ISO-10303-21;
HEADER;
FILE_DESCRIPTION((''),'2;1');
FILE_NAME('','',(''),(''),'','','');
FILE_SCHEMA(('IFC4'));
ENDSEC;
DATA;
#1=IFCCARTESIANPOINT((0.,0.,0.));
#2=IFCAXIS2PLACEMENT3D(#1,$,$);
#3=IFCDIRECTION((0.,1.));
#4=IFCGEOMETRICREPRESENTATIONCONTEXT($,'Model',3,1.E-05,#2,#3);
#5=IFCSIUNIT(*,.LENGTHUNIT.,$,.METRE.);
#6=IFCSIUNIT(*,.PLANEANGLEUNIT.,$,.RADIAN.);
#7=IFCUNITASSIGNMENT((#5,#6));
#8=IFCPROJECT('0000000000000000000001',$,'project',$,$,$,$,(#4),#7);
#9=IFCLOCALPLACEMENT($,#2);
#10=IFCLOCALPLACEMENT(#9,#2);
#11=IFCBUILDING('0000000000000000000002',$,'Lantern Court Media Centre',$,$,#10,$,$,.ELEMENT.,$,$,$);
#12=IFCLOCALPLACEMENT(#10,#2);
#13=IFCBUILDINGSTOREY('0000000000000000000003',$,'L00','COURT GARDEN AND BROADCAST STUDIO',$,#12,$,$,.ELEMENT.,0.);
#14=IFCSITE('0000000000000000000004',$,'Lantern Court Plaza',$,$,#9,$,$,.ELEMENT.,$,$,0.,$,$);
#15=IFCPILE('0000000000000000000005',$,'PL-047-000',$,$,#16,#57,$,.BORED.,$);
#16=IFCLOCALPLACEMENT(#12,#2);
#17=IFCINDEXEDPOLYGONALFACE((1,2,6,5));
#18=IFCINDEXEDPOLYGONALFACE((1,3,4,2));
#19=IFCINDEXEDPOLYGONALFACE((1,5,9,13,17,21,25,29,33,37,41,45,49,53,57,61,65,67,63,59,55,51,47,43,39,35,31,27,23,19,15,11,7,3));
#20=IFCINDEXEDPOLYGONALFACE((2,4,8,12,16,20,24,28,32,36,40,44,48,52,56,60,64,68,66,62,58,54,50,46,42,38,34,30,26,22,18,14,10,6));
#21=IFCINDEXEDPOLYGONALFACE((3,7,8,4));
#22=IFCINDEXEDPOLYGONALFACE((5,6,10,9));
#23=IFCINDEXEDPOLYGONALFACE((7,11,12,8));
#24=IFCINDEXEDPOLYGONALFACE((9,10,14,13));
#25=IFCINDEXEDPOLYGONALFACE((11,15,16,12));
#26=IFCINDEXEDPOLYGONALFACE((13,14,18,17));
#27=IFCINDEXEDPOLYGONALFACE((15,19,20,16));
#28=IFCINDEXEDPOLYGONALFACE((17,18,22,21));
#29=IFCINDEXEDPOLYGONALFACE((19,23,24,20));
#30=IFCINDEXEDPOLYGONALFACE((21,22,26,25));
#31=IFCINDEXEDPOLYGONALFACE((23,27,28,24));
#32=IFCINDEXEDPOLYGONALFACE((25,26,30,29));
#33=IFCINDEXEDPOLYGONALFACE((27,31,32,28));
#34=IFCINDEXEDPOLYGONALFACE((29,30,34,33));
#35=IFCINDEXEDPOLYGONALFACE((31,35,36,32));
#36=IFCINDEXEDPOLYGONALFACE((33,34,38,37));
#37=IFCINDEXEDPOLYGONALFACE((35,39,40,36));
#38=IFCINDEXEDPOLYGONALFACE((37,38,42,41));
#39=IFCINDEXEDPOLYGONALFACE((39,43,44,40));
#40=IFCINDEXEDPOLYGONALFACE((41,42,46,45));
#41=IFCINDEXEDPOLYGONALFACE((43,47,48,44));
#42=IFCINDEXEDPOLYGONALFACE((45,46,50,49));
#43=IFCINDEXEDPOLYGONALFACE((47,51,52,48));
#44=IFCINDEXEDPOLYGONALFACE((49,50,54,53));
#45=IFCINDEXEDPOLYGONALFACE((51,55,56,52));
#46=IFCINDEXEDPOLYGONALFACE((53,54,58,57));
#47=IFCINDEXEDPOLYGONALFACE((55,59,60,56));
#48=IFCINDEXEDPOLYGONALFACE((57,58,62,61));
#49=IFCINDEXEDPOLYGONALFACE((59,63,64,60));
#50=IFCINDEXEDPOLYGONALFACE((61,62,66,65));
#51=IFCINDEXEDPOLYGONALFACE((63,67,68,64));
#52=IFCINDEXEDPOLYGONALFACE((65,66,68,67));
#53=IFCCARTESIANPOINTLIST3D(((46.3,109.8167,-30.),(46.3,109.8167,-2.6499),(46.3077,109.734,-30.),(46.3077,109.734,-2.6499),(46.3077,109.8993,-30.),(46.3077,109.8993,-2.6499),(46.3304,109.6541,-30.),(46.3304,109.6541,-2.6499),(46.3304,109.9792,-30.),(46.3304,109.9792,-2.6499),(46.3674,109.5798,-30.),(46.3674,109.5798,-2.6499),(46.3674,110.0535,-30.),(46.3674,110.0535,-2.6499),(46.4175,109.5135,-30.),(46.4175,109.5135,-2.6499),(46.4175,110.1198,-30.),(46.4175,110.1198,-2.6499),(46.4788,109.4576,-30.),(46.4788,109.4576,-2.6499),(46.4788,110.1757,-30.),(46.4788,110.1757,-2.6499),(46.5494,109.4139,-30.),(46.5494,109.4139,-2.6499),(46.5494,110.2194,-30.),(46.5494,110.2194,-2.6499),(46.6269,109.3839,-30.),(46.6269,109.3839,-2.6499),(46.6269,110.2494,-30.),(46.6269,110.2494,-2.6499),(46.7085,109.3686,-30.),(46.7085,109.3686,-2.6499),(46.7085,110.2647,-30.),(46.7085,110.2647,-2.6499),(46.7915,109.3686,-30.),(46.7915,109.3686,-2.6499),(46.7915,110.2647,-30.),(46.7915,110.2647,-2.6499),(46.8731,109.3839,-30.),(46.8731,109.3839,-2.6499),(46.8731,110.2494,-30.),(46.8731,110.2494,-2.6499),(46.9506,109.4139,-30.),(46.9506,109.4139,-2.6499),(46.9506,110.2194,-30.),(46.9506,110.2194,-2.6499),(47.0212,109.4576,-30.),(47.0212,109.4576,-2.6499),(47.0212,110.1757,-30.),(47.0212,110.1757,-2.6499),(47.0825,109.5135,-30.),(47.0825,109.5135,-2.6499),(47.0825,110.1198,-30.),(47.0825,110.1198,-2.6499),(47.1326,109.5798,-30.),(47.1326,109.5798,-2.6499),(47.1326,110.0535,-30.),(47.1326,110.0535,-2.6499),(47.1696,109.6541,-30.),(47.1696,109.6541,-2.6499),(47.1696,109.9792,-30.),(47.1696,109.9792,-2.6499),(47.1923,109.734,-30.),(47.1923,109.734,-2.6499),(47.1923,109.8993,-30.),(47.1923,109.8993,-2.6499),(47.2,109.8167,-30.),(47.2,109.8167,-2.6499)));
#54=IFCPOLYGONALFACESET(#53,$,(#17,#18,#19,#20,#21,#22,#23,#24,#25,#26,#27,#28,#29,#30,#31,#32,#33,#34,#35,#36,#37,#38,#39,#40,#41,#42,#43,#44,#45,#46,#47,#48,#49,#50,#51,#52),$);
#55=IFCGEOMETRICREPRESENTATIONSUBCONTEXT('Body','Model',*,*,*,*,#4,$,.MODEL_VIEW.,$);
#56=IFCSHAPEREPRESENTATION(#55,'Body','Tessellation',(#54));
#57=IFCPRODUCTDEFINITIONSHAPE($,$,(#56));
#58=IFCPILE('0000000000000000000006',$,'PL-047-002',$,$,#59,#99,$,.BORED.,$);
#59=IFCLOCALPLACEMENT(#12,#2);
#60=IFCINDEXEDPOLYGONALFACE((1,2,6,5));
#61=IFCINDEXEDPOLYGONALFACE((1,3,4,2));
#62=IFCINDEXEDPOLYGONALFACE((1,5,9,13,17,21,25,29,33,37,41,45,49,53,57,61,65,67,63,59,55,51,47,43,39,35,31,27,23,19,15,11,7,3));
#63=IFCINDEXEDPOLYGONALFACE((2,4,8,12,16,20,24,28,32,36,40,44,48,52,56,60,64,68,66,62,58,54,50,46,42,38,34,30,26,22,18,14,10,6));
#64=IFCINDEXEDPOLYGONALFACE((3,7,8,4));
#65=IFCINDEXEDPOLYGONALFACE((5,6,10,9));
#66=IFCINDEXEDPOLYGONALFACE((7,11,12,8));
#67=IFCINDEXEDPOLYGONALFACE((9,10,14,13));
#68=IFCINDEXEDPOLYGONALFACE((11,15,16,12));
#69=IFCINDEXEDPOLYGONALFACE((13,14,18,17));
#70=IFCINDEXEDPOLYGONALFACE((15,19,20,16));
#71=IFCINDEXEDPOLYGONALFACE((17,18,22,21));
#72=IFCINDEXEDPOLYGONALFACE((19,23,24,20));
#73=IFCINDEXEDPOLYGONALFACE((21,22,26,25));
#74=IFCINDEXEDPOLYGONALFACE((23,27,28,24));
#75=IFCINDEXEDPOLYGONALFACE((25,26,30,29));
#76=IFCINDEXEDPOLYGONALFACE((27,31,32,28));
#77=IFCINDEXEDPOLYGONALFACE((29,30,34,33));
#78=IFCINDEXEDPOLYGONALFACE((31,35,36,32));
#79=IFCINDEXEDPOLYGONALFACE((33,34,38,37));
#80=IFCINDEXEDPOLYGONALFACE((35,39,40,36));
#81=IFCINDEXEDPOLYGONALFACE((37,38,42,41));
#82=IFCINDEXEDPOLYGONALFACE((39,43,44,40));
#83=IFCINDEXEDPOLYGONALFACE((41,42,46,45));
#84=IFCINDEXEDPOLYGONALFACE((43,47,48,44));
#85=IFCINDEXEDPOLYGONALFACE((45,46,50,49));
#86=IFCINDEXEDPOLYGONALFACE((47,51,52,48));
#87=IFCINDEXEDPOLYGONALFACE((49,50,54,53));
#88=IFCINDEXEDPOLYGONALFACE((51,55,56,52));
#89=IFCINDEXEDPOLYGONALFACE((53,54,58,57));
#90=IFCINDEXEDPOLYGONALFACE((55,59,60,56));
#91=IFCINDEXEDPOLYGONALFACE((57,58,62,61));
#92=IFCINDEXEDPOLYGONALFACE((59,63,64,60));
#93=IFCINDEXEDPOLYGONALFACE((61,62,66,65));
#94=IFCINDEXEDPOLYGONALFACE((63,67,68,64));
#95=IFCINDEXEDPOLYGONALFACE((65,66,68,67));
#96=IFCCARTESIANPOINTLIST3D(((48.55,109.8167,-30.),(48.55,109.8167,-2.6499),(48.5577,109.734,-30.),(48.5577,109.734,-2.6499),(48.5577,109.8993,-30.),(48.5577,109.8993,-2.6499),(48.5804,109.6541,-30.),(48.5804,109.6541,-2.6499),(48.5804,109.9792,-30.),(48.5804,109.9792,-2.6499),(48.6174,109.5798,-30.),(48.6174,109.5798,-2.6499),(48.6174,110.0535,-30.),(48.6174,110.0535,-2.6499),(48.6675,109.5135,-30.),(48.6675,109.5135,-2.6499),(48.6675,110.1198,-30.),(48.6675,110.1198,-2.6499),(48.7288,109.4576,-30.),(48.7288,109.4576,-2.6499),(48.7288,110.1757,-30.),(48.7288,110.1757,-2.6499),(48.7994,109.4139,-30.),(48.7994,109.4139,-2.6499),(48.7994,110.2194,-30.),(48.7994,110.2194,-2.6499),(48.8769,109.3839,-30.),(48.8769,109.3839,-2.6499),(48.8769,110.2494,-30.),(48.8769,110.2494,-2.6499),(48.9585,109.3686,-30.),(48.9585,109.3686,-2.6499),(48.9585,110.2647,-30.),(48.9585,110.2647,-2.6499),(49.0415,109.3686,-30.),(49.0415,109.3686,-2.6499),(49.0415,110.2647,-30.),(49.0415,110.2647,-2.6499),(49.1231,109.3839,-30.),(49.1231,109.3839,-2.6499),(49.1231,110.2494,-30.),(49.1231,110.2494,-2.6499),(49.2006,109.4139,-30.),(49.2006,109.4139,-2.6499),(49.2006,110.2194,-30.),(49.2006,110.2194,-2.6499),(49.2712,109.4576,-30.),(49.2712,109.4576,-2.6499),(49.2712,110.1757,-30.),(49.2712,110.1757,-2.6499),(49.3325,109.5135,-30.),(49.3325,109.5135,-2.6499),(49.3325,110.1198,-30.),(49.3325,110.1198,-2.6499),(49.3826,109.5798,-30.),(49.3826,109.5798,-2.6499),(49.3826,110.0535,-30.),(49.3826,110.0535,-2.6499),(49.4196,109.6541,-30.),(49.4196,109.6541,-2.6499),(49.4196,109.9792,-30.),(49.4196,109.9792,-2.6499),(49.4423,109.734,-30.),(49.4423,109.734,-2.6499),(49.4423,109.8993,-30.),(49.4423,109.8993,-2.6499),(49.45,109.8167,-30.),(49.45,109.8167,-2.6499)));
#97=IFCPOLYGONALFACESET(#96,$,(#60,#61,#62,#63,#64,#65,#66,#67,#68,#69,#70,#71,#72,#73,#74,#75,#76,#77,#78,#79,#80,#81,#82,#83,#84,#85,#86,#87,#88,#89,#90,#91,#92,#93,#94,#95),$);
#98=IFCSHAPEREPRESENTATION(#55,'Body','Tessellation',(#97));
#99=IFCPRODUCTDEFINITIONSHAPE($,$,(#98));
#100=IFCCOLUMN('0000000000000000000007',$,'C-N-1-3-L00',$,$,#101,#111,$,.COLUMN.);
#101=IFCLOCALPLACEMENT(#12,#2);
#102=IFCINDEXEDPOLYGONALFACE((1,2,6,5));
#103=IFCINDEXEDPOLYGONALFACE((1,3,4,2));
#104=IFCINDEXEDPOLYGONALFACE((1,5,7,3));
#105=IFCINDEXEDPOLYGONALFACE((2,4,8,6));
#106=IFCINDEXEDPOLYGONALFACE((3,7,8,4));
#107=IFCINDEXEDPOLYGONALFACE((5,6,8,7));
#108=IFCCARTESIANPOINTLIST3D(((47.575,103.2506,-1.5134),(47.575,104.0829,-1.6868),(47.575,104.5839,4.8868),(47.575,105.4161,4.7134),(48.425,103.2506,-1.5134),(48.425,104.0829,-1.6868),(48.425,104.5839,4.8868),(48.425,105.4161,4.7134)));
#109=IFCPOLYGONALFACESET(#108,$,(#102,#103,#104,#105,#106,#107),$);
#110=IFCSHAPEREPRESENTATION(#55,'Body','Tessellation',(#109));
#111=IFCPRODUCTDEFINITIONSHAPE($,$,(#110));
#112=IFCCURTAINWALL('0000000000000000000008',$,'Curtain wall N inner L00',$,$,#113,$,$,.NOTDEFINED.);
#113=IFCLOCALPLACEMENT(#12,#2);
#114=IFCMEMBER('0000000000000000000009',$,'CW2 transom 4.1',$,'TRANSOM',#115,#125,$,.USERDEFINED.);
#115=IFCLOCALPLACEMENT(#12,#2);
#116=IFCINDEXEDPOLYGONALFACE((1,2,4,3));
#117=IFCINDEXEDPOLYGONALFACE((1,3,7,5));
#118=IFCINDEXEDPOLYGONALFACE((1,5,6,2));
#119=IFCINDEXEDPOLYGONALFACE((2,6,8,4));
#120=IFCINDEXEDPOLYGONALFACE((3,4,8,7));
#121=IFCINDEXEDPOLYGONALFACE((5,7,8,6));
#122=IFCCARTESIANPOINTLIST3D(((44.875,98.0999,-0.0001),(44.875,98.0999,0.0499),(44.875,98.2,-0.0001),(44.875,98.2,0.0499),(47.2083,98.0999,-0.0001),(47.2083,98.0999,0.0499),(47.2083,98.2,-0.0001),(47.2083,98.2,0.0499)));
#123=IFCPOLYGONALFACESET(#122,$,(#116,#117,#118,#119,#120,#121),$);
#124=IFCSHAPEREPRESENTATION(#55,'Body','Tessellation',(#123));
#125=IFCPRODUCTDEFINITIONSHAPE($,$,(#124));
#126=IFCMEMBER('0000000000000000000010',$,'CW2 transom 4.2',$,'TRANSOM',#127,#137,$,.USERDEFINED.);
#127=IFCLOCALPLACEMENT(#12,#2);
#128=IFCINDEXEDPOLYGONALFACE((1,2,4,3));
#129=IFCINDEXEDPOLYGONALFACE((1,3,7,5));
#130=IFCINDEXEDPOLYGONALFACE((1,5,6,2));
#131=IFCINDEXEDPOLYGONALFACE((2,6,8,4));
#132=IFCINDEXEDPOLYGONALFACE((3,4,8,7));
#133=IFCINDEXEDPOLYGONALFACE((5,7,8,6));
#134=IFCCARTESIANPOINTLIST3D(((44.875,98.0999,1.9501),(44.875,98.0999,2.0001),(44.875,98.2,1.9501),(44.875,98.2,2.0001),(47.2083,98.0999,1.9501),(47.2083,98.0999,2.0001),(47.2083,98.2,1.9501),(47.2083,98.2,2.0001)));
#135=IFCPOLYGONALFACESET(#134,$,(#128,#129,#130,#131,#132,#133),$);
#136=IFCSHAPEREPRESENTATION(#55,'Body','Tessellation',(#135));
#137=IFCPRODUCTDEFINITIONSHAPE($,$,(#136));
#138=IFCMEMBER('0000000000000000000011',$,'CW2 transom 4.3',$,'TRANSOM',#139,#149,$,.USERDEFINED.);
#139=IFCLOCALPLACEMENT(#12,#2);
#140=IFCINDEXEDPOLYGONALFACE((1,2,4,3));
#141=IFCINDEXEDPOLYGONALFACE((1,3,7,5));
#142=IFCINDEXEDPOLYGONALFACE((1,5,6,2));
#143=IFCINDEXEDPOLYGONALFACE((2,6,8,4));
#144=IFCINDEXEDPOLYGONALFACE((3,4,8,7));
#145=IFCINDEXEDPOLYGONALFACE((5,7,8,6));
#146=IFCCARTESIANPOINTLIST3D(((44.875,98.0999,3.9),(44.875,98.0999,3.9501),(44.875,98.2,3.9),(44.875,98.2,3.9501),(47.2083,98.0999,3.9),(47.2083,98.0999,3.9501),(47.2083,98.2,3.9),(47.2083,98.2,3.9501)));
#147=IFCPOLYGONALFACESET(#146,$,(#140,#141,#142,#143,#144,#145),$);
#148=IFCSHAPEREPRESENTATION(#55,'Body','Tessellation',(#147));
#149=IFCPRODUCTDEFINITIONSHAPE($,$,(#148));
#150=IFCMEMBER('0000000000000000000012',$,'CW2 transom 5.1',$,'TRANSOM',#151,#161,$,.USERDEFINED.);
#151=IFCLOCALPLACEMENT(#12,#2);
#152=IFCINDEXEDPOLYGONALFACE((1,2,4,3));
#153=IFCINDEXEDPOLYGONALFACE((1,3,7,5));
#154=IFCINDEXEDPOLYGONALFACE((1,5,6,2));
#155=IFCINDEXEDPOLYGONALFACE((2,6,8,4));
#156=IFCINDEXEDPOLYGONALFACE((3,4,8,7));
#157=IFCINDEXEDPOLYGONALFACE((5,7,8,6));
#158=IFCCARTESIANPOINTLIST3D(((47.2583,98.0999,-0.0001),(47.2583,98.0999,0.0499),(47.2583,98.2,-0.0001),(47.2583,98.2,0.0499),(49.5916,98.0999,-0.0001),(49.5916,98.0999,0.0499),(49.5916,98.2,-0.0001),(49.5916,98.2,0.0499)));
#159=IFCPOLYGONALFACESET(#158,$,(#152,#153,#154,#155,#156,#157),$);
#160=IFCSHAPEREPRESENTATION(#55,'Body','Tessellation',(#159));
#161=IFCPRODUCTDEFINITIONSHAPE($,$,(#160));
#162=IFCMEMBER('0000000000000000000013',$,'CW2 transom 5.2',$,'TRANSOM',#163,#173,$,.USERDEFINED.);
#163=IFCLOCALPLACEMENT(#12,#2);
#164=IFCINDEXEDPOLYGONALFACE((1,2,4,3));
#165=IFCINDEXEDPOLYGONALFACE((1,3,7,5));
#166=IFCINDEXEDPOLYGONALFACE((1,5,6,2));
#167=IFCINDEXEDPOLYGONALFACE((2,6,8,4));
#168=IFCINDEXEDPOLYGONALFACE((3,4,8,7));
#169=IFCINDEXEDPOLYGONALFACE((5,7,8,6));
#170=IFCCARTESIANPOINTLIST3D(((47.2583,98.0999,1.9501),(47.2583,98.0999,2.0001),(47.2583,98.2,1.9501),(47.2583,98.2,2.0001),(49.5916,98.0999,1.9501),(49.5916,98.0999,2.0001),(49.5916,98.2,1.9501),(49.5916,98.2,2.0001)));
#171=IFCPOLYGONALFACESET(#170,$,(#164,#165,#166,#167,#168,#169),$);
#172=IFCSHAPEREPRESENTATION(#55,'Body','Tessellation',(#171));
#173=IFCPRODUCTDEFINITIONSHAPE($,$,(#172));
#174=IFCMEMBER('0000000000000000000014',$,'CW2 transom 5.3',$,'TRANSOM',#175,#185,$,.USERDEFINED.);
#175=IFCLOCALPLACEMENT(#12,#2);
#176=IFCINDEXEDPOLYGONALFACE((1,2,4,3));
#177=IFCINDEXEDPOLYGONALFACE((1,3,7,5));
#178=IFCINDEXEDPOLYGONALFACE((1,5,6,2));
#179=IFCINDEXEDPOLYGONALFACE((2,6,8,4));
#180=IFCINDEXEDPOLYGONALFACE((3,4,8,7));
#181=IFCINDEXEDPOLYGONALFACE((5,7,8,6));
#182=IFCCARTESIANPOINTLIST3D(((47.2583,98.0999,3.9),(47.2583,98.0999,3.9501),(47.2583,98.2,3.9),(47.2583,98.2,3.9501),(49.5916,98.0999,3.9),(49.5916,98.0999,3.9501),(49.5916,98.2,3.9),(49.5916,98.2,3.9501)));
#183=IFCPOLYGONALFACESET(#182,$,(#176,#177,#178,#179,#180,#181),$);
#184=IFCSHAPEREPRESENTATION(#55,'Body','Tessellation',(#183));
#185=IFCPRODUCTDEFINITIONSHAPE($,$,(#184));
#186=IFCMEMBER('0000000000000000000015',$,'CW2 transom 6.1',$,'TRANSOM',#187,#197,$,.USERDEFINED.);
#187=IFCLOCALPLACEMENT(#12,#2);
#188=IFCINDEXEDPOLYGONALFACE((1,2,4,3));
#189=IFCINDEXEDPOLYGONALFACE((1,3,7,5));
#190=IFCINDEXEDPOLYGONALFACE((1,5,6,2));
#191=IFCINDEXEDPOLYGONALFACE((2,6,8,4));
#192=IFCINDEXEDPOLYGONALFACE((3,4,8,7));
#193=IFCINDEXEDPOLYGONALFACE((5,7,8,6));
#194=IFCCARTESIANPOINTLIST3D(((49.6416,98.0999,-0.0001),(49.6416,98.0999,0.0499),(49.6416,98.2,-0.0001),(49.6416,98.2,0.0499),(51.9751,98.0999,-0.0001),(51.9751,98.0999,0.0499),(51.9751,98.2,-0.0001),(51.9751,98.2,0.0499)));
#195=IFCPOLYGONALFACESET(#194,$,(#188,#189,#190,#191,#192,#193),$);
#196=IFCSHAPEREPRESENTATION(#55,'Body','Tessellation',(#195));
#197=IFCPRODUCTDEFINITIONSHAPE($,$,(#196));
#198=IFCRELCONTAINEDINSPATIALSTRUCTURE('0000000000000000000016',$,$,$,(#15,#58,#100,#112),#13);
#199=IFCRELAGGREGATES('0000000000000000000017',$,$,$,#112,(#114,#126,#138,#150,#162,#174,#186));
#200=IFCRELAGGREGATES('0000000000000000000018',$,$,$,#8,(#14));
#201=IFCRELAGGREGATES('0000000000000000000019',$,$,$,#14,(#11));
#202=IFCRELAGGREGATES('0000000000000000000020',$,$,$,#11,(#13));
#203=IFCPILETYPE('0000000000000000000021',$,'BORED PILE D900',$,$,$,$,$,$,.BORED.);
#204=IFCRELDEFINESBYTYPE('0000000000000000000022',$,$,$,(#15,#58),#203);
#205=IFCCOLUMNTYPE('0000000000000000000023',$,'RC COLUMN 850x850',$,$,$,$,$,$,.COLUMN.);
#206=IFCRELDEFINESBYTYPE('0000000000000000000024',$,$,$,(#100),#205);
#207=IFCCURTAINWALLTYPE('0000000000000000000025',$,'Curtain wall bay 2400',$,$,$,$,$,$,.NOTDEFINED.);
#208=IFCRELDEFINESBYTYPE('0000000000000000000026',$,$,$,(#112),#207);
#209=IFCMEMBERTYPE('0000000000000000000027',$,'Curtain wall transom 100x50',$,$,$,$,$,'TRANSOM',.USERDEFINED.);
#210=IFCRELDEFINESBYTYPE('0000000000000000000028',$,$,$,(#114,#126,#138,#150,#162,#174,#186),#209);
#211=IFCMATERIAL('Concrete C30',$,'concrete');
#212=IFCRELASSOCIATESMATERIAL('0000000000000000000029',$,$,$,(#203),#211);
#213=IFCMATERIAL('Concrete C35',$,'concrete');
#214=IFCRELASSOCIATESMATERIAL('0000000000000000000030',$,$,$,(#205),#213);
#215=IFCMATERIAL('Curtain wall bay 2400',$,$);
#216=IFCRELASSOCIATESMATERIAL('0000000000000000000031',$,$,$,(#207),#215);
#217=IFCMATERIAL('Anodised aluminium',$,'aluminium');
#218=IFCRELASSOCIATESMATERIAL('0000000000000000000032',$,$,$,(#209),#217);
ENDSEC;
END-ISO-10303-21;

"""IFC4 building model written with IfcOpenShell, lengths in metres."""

from ifc_helpers import new_model, si_unit, direction, frame, origin, origin_2d, place, context, subcontext, project, spatial, rectangle, circle, extrude, material, material_profile, profile_set, type_object, element, aggregate, save


model = new_model("IFC4")

# Units and contexts
model_context = context("Model", 3, precision=1e-05, world=origin(), true_north=direction((0.0, 1.0)))
body_context = subcontext(model_context, "Body", "Model", "MODEL_VIEW")
ifc_project = project(units=[si_unit("LENGTHUNIT", "METRE"), si_unit("PLANEANGLEUNIT", "RADIAN")], contexts=[model_context])

# Site, building, storey
site_placement = place(None, origin())
site = spatial("IfcSite", under=ifc_project, at=site_placement, Name="Lantern Court Plaza", CompositionType="ELEMENT", RefElevation=0.0)
building_placement = place(site_placement, origin())
building = spatial("IfcBuilding", under=site, at=building_placement, Name="Lantern Court Media Centre", CompositionType="ELEMENT")
storey_placement = place(building_placement, origin())
storey = spatial("IfcBuildingStorey", under=building, at=storey_placement, Name="L00", Description="COURT GARDEN AND BROADCAST STUDIO", CompositionType="ELEMENT", Elevation=0.0)

# Piles
ifc_material_1 = material(Name="Concrete C30", Category="concrete")
ifc_material_profile_1 = material_profile(ifc_material_1, circle(Radius=0.45, at=origin_2d()), Name="D900")
ifc_profile_set_1 = profile_set([ifc_material_profile_1], Name="Concrete C30")
pile_type = type_object("IfcPileType", Name="BORED PILE D900", PredefinedType="BORED", material=ifc_profile_set_1)
for number, where, z_axis, x_axis, name in (
    (1, (46.75, 109.8167, -2.6499), (0.0, 0.0, -1.0), (1.0, 0.0, 0.0), "PL-047-000"),
    (2, (49.0, 109.8167, -2.6499), (0.0, 0.0, -1.0), (1.0, 0.0, 0.0), "PL-047-002"),
):
    element("IfcPile", number, at=place(storey_placement, frame(where, z_axis=z_axis, x_axis=x_axis)), inside=storey, type_object=pile_type, Name=name, PredefinedType="BORED", context=body_context, shape_type="SweptSolid", body=[
        extrude(circle(Radius=0.45, at=origin_2d()), origin(), (0.0, 0.0, 1.0), 27.3501),
    ])

# Column
ifc_material_2 = material(Name="Concrete C35", Category="concrete")
ifc_material_profile_2 = material_profile(ifc_material_2, rectangle(XDim=0.8501, YDim=0.8501, at=origin_2d()), Name="RC 850x850")
ifc_profile_set_2 = profile_set([ifc_material_profile_2], Name="Concrete C35")
column_type = type_object("IfcColumnType", Name="RC COLUMN 850x850", PredefinedType="COLUMN", material=ifc_profile_set_2)
column_placement = place(storey_placement, frame((48.0, 103.6667, -1.6001), z_axis=(0.0, 0.203938, 0.978984), x_axis=(-1.0, 0.0, 0.0)))
element("IfcColumn", 3, at=column_placement, inside=storey, type_object=column_type, Name="C-N-1-3-L00", PredefinedType="COLUMN", context=body_context, shape_type="SweptSolid", body=[
    extrude(rectangle(XDim=0.8501, YDim=0.8501, at=origin_2d()), origin(), (0.0, 0.0, 1.0), 6.5376),
])

# Curtain wall, members
ifc_material_3 = material(Name="Curtain wall bay 2400")
curtain_wall_type_1 = type_object("IfcCurtainWallType", Name="Curtain wall bay 2400", PredefinedType="NOTDEFINED", material=ifc_material_3)
curtain_wall_1_placement = place(storey_placement, origin())
curtain_wall_1 = element("IfcCurtainWall", 4, at=curtain_wall_1_placement, inside=storey, type_object=curtain_wall_type_1, Name="Curtain wall N inner L00", PredefinedType="NOTDEFINED")
ifc_material_4 = material(Name="Anodised aluminium", Category="aluminium")
ifc_material_profile_3 = material_profile(ifc_material_4, rectangle(XDim=0.1001, YDim=0.05, at=origin_2d()), Name="AL 50x100")
ifc_profile_set_3 = profile_set([ifc_material_profile_3], Name="Anodised aluminium")
member_type_1 = type_object("IfcMemberType", Name="Curtain wall transom 100x50", ElementType="TRANSOM", PredefinedType="USERDEFINED", material=ifc_profile_set_3)
member_1_placement = place(storey_placement, frame((44.875, 98.1499, 0.0249), z_axis=(1.0, 0.0, 0.0), x_axis=(0.0, 1.0, 0.0)))
member_1 = element("IfcMember", 5, at=member_1_placement, type_object=member_type_1, Name="CW2 transom 4.1", ObjectType="TRANSOM", PredefinedType="USERDEFINED", context=body_context, shape_type="SweptSolid", body=[
    extrude(rectangle(XDim=0.1001, YDim=0.05, at=origin_2d()), origin(), (0.0, 0.0, 1.0), 2.3333),
])
member_2_placement = place(storey_placement, frame((44.875, 98.1499, 1.9751), z_axis=(1.0, 0.0, 0.0), x_axis=(0.0, 1.0, 0.0)))
member_2 = element("IfcMember", 6, at=member_2_placement, type_object=member_type_1, Name="CW2 transom 4.2", ObjectType="TRANSOM", PredefinedType="USERDEFINED", context=body_context, shape_type="SweptSolid", body=[
    extrude(rectangle(XDim=0.1001, YDim=0.05, at=origin_2d()), origin(), (0.0, 0.0, 1.0), 2.3333),
])
member_3_placement = place(storey_placement, frame((44.875, 98.1499, 3.925), z_axis=(1.0, 0.0, 0.0), x_axis=(0.0, 1.0, 0.0)))
member_3 = element("IfcMember", 7, at=member_3_placement, type_object=member_type_1, Name="CW2 transom 4.3", ObjectType="TRANSOM", PredefinedType="USERDEFINED", context=body_context, shape_type="SweptSolid", body=[
    extrude(rectangle(XDim=0.1001, YDim=0.05, at=origin_2d()), origin(), (0.0, 0.0, 1.0), 2.3333),
])
member_4_placement = place(storey_placement, frame((47.2583, 98.1499, 0.0249), z_axis=(1.0, 0.0, 0.0), x_axis=(0.0, 1.0, 0.0)))
member_4 = element("IfcMember", 8, at=member_4_placement, type_object=member_type_1, Name="CW2 transom 5.1", ObjectType="TRANSOM", PredefinedType="USERDEFINED", context=body_context, shape_type="SweptSolid", body=[
    extrude(rectangle(XDim=0.1001, YDim=0.05, at=origin_2d()), origin(), (0.0, 0.0, 1.0), 2.3333),
])
member_5_placement = place(storey_placement, frame((47.2583, 98.1499, 1.9751), z_axis=(1.0, 0.0, 0.0), x_axis=(0.0, 1.0, 0.0)))
member_5 = element("IfcMember", 9, at=member_5_placement, type_object=member_type_1, Name="CW2 transom 5.2", ObjectType="TRANSOM", PredefinedType="USERDEFINED", context=body_context, shape_type="SweptSolid", body=[
    extrude(rectangle(XDim=0.1001, YDim=0.05, at=origin_2d()), origin(), (0.0, 0.0, 1.0), 2.3333),
])
member_6_placement = place(storey_placement, frame((47.2583, 98.1499, 3.925), z_axis=(1.0, 0.0, 0.0), x_axis=(0.0, 1.0, 0.0)))
member_6 = element("IfcMember", 10, at=member_6_placement, type_object=member_type_1, Name="CW2 transom 5.3", ObjectType="TRANSOM", PredefinedType="USERDEFINED", context=body_context, shape_type="SweptSolid", body=[
    extrude(rectangle(XDim=0.1001, YDim=0.05, at=origin_2d()), origin(), (0.0, 0.0, 1.0), 2.3333),
])
member_7_placement = place(storey_placement, frame((49.6416, 98.1499, 0.0249), z_axis=(1.0, 0.0, 0.0), x_axis=(0.0, 1.0, 0.0)))
member_7 = element("IfcMember", 11, at=member_7_placement, type_object=member_type_1, Name="CW2 transom 6.1", ObjectType="TRANSOM", PredefinedType="USERDEFINED", context=body_context, shape_type="SweptSolid", body=[
    extrude(rectangle(XDim=0.1001, YDim=0.05, at=origin_2d()), origin(), (0.0, 0.0, 1.0), 2.3335),
])

aggregate(curtain_wall_1, [member_1, member_2, member_3, member_4, member_5, member_6, member_7])

save(model, "model.ifc")
